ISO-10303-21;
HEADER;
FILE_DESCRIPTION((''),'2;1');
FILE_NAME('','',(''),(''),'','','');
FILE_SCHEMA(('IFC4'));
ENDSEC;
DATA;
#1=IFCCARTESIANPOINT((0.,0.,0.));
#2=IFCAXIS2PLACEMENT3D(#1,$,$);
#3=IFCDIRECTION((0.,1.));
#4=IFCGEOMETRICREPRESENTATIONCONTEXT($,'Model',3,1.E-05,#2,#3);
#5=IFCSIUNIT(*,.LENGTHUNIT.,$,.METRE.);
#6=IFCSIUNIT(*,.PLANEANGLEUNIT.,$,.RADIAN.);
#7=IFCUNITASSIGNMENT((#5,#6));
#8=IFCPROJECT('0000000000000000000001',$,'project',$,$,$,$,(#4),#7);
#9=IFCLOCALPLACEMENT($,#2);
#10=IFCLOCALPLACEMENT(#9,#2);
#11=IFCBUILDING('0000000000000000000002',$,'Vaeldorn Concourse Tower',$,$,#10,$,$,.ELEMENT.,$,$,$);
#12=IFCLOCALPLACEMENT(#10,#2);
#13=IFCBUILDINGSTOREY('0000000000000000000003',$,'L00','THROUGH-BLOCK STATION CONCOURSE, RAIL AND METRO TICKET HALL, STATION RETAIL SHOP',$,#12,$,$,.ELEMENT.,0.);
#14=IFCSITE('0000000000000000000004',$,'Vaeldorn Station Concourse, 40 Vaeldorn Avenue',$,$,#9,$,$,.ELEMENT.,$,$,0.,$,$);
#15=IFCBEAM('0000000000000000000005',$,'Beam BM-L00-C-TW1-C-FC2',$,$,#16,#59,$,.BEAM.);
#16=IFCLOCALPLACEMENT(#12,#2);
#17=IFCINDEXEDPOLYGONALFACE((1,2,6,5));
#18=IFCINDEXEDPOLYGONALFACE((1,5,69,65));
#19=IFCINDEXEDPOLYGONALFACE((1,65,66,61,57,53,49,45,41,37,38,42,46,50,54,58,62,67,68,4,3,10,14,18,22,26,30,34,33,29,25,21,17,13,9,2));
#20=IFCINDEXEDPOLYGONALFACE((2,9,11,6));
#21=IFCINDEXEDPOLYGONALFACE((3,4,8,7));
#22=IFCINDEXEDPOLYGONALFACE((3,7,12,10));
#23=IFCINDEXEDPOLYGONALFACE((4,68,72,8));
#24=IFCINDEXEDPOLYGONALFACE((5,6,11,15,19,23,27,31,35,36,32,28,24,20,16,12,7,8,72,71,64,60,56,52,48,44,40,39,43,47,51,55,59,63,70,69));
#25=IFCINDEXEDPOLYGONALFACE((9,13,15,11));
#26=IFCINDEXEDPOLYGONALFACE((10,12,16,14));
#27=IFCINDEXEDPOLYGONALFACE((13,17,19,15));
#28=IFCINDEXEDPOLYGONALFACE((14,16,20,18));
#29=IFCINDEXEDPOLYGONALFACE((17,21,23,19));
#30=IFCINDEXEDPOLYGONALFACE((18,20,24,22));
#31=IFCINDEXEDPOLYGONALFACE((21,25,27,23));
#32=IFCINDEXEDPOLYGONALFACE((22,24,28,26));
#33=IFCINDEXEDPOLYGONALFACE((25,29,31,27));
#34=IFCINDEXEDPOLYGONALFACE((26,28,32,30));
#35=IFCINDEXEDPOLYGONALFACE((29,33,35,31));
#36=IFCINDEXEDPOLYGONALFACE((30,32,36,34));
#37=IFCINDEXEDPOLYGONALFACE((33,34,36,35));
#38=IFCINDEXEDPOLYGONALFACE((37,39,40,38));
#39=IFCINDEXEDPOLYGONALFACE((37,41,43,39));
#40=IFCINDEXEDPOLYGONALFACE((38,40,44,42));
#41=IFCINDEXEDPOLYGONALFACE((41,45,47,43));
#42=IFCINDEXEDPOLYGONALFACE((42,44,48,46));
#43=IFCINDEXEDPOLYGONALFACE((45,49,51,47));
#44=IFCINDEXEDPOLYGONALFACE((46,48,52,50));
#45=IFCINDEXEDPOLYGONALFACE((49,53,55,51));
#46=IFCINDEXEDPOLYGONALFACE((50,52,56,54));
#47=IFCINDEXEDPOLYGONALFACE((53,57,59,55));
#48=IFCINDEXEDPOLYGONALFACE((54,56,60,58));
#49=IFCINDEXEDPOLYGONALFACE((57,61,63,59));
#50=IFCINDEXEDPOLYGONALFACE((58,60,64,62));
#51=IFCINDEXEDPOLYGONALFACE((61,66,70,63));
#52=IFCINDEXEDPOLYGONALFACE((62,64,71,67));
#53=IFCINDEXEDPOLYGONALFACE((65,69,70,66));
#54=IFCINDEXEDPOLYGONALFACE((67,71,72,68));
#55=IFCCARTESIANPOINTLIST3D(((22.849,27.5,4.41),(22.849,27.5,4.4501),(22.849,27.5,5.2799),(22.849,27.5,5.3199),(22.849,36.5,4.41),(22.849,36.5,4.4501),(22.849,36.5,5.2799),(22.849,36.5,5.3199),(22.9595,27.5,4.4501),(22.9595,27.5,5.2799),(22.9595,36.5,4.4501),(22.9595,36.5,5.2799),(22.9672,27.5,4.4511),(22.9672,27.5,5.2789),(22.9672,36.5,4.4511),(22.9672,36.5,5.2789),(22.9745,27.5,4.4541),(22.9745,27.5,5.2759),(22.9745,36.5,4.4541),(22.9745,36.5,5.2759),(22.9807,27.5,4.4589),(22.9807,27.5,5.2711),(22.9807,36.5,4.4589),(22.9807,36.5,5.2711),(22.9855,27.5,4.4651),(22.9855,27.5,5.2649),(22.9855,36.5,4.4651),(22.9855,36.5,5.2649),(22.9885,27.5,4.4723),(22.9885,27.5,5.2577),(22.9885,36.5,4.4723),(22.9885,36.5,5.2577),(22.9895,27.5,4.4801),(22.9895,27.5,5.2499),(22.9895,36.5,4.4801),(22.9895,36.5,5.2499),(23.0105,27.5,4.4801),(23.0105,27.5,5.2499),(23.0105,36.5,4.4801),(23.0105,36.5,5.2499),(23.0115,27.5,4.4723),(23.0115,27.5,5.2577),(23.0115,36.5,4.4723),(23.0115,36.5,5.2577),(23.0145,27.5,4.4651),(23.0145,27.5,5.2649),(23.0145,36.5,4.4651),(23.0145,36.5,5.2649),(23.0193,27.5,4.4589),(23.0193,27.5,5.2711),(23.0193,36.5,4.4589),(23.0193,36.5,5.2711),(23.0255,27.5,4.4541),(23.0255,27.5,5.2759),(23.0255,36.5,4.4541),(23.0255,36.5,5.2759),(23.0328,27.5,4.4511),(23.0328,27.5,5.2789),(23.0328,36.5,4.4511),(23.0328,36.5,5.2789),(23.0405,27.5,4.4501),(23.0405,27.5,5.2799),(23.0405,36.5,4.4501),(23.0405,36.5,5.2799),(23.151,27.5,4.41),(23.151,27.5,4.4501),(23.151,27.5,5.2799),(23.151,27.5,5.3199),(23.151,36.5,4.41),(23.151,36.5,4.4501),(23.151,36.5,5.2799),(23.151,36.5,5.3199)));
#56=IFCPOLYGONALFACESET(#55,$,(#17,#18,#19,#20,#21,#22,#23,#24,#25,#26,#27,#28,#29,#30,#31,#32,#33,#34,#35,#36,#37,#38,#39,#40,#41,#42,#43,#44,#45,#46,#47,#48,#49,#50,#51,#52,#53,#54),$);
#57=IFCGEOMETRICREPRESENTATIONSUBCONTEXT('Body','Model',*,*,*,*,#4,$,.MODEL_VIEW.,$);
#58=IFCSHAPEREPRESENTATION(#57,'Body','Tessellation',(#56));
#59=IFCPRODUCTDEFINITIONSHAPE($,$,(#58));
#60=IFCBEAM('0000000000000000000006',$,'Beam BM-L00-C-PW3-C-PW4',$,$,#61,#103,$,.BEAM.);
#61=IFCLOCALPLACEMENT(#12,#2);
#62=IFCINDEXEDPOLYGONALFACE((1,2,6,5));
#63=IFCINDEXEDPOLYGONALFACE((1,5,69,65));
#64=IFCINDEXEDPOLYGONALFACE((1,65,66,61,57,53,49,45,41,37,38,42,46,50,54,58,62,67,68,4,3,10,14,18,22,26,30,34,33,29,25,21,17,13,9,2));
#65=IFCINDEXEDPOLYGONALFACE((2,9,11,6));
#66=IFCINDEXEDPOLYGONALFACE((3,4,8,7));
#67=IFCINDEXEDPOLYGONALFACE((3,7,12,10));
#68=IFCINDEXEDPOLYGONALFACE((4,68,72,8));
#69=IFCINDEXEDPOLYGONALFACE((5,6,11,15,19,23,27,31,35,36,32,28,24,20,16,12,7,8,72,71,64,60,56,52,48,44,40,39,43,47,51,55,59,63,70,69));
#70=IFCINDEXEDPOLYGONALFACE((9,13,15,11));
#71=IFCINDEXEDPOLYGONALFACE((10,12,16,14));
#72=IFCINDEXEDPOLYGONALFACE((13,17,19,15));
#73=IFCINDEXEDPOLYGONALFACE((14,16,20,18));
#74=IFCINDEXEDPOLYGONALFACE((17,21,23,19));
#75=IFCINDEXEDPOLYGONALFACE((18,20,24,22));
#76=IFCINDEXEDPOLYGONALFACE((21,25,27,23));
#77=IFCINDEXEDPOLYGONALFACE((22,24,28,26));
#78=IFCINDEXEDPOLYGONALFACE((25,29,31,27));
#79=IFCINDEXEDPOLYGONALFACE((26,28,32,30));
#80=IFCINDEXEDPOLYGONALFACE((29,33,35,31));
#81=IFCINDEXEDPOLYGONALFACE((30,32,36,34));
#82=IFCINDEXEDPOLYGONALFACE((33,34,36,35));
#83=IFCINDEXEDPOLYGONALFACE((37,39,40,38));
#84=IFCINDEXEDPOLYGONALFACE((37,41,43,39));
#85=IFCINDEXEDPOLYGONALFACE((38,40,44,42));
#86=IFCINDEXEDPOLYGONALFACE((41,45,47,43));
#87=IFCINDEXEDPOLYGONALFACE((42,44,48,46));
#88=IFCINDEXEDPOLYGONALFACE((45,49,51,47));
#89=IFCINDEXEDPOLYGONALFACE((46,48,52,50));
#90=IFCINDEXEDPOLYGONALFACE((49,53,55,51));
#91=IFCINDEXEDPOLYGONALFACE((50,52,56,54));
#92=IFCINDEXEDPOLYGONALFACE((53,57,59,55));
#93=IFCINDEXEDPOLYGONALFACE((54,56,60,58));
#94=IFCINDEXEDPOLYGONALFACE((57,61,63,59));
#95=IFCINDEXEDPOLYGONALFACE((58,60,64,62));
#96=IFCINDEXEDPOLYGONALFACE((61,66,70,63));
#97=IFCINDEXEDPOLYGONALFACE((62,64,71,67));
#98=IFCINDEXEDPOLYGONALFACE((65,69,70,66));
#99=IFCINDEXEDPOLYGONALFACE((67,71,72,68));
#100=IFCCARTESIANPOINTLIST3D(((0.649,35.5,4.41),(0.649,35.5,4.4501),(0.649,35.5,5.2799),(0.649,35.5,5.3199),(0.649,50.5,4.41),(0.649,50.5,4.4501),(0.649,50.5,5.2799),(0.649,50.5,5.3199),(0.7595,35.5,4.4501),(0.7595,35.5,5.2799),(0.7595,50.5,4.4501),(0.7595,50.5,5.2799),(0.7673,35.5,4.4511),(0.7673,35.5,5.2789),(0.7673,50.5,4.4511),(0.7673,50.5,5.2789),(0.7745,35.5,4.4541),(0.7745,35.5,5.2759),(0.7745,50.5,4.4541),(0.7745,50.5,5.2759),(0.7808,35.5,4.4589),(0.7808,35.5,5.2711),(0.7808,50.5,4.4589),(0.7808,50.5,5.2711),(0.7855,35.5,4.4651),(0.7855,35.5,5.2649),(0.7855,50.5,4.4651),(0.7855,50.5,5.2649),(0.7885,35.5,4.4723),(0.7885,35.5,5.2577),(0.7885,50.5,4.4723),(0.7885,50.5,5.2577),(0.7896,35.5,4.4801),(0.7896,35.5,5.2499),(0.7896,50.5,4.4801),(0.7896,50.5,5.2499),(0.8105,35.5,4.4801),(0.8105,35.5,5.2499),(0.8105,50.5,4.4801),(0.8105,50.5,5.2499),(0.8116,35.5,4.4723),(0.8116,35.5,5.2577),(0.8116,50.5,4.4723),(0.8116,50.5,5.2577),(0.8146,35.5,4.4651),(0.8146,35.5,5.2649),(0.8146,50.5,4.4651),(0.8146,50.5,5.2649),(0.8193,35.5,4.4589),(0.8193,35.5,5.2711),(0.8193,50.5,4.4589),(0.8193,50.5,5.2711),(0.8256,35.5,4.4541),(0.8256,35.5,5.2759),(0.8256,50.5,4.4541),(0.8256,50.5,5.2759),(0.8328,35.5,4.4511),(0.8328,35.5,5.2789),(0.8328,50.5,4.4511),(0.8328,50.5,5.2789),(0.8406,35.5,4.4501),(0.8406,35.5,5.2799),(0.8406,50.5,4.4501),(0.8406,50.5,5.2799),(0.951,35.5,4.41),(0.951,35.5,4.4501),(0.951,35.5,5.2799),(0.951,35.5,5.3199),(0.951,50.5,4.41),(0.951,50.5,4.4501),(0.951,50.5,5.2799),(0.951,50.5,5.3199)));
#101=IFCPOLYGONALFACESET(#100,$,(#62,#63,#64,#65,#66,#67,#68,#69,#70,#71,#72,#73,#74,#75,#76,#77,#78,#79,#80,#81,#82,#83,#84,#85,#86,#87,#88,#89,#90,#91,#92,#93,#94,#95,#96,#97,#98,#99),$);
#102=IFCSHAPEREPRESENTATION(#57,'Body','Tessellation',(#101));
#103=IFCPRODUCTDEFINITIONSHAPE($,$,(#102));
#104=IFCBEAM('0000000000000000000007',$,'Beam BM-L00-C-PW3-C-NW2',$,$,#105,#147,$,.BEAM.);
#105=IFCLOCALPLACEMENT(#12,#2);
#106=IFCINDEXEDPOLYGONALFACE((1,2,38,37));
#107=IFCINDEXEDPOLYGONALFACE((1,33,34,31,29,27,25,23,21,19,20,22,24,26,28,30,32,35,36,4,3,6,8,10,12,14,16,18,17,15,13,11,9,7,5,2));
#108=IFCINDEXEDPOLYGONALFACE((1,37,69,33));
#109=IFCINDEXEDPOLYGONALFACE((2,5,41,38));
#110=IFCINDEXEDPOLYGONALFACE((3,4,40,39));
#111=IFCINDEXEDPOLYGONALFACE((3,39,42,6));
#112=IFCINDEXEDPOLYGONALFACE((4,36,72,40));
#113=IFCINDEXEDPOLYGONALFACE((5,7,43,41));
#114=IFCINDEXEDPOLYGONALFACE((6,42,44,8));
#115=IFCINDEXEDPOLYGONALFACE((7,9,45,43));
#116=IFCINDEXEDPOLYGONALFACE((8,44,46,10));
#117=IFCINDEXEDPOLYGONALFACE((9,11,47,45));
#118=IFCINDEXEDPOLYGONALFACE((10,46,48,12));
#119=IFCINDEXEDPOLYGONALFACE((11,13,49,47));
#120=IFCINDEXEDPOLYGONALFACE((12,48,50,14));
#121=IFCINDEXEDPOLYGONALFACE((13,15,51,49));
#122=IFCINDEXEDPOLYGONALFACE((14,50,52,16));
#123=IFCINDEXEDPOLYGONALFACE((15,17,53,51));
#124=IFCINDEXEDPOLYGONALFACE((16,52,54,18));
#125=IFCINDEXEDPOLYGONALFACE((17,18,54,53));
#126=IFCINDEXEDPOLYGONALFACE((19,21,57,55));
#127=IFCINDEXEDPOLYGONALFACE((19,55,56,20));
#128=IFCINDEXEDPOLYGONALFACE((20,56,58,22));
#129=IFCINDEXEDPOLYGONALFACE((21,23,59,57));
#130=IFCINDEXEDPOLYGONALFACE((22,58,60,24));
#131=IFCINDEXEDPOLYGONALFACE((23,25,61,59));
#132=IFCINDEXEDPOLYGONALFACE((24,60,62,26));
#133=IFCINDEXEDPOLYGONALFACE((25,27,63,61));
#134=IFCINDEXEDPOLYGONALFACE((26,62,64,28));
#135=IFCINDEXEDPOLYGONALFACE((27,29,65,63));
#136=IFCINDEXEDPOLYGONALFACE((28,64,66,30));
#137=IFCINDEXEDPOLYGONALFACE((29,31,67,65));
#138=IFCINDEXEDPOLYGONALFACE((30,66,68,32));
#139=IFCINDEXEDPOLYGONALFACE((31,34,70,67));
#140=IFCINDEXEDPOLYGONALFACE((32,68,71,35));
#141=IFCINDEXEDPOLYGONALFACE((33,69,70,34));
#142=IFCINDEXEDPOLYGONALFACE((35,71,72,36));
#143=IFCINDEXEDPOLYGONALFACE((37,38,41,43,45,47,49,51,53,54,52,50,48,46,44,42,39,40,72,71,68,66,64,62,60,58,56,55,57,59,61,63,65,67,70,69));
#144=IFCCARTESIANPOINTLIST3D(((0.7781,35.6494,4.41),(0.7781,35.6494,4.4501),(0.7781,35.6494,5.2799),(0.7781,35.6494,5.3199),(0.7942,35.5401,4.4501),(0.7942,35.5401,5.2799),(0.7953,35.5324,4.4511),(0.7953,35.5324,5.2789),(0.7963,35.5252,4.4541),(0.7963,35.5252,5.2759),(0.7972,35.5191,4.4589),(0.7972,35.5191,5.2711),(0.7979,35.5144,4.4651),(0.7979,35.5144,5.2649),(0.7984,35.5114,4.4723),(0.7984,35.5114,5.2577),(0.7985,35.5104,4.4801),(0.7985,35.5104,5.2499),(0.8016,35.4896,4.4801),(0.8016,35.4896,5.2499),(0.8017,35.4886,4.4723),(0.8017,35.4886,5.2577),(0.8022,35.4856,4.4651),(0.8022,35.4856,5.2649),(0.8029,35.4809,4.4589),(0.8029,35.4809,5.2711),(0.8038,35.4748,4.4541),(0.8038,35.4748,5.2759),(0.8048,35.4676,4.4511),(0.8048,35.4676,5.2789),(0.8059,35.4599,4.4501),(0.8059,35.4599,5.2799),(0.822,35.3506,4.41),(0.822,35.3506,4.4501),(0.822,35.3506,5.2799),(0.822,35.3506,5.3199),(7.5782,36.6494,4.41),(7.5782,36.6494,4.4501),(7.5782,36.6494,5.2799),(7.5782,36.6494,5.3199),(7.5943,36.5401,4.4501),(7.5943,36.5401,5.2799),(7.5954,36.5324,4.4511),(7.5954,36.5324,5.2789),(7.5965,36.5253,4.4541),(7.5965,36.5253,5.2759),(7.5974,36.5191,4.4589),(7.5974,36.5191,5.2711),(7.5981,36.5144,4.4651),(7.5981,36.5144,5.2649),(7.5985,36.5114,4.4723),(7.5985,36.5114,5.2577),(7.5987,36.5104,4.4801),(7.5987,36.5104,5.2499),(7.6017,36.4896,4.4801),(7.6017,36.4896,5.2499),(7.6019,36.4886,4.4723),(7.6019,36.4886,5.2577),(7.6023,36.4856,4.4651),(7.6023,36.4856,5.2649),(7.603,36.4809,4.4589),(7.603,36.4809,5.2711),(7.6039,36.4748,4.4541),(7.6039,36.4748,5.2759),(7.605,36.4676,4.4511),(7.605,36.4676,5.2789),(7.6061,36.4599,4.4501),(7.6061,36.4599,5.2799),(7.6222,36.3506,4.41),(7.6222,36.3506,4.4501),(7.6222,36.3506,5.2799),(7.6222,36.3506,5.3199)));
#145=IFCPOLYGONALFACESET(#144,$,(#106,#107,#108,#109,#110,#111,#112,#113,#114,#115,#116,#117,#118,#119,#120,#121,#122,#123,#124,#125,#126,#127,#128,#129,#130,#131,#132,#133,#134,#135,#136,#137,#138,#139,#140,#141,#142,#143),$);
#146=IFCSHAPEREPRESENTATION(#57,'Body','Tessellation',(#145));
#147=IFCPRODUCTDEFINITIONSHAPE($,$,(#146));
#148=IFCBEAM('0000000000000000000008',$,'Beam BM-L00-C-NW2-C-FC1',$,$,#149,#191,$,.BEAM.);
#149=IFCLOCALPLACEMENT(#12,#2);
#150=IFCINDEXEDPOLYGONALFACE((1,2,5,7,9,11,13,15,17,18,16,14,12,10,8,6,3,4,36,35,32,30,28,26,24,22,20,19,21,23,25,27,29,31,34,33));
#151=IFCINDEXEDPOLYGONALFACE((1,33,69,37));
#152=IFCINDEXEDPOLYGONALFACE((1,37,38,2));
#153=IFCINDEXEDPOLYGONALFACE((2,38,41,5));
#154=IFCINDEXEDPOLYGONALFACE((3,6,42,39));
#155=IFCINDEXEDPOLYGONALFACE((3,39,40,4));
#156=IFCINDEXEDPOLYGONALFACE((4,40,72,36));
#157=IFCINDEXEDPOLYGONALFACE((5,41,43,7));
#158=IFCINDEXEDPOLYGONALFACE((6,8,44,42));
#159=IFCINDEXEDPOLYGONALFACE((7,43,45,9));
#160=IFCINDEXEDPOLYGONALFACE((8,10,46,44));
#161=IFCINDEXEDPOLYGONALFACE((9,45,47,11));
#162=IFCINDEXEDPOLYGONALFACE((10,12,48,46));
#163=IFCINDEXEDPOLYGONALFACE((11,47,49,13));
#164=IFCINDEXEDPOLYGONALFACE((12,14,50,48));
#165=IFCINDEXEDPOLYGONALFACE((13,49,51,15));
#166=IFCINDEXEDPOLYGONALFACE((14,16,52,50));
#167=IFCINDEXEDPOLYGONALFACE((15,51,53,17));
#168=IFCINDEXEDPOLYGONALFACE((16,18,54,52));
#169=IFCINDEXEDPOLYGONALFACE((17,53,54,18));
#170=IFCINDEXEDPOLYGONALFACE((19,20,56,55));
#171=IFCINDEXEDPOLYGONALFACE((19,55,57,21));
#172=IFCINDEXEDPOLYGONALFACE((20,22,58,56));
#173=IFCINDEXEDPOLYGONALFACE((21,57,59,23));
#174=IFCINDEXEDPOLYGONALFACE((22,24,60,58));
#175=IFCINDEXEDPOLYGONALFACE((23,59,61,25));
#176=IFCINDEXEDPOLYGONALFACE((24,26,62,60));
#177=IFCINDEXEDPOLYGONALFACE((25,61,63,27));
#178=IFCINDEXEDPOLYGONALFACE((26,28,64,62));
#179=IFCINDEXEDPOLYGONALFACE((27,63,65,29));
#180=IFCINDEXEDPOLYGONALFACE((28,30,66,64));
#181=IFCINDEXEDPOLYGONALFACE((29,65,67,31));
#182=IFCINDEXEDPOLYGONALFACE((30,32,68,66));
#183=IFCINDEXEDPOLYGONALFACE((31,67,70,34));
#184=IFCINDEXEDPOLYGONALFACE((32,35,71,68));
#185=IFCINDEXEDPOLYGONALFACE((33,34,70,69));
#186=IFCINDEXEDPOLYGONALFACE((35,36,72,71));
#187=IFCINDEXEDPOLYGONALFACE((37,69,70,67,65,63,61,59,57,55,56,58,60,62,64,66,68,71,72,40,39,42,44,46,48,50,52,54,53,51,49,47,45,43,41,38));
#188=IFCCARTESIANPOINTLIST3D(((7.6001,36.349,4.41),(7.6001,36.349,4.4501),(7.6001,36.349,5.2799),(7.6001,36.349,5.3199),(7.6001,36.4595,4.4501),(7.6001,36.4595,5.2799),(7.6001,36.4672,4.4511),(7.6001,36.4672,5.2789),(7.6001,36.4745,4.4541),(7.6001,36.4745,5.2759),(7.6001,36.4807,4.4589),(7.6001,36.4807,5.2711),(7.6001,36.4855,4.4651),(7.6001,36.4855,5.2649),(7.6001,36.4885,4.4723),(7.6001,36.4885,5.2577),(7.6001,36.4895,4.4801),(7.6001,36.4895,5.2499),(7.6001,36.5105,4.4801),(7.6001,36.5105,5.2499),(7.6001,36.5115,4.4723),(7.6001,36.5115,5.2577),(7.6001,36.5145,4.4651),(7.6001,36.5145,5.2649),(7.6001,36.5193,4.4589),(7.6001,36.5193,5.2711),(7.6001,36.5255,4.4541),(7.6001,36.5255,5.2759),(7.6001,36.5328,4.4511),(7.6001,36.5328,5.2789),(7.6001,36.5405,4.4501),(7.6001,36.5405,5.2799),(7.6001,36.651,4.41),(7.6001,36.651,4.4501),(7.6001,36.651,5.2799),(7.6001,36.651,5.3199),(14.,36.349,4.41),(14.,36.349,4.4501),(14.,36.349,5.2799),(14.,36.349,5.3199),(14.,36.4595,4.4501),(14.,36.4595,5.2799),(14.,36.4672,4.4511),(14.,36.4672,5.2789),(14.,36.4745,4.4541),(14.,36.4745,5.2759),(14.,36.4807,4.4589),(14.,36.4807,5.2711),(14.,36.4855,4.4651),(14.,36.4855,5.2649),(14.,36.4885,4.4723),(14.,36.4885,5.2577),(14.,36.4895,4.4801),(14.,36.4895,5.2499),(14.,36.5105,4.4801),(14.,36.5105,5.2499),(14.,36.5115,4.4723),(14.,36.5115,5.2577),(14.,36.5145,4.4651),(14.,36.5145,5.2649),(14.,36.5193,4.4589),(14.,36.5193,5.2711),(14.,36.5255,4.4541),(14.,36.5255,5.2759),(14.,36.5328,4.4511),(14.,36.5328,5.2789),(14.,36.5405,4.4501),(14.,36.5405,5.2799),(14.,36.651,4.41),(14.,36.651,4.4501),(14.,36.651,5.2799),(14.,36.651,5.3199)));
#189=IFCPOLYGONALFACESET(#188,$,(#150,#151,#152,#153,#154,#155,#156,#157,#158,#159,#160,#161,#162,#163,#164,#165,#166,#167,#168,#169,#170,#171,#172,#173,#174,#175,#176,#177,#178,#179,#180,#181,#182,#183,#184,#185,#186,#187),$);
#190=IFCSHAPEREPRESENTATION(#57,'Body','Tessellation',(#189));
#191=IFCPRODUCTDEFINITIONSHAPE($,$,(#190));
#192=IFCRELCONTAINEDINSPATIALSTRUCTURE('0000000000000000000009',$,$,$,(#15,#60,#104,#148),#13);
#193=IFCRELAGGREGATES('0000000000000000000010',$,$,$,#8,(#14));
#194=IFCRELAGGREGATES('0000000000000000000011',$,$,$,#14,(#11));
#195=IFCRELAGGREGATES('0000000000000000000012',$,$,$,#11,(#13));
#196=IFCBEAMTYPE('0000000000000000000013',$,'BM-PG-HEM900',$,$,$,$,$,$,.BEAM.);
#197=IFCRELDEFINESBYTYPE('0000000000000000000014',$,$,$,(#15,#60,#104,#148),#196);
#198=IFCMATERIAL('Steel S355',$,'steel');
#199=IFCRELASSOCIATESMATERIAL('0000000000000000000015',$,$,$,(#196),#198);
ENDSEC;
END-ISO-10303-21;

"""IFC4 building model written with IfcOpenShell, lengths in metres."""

from ifc_helpers import new_model, si_unit, direction, frame, origin, origin_2d, place, context, subcontext, project, spatial, i_section, extrude, source, transform, mapped, material, material_profile, profile_set, type_object, element, save


model = new_model("IFC4")

# Units and contexts
model_context = context("Model", 3, precision=1e-05, world=origin(), true_north=direction((0.0, 1.0)))
body_context = subcontext(model_context, "Body", "Model", "MODEL_VIEW")
ifc_project = project(units=[si_unit("LENGTHUNIT", "METRE"), si_unit("PLANEANGLEUNIT", "RADIAN")], contexts=[model_context])

# Site, building, storey
site_placement = place(None, origin())
site = spatial("IfcSite", under=ifc_project, at=site_placement, Name="Vaeldorn Station Concourse, 40 Vaeldorn Avenue", CompositionType="ELEMENT", RefElevation=0.0)
building_placement = place(site_placement, origin())
building = spatial("IfcBuilding", under=site, at=building_placement, Name="Vaeldorn Concourse Tower", CompositionType="ELEMENT")
storey_placement = place(building_placement, origin())
storey = spatial("IfcBuildingStorey", under=building, at=storey_placement, Name="L00", Description="THROUGH-BLOCK STATION CONCOURSE, RAIL AND METRO TICKET HALL, STATION RETAIL SHOP", CompositionType="ELEMENT", Elevation=0.0)

# Beams
ifc_material_1 = material(Name="Steel S355", Category="steel")
ifc_material_profile_1 = material_profile(ifc_material_1, i_section(OverallWidth=0.302, OverallDepth=0.9099, WebThickness=0.021, FlangeThickness=0.04, FilletRadius=0.03, at=origin_2d()), Name="HEM 900")
ifc_profile_set_1 = profile_set([ifc_material_profile_1], Name="Steel S355")
beam_type_1 = type_object("IfcBeamType", Name="BM-PG-HEM900", PredefinedType="BEAM", material=ifc_profile_set_1)
shared_shape_1 = source(origin(), body_context, "Body", "SweptSolid", [
    extrude(i_section(OverallWidth=0.302, OverallDepth=0.9099, WebThickness=0.021, FlangeThickness=0.04, FilletRadius=0.03, at=origin_2d()), origin(), (0.0, 0.0, 1.0), 9.0),
])
beam_1_placement = place(storey_placement, frame((23.0, 27.5, 4.865), z_axis=(0.0, 1.0, 0.0), x_axis=(-1.0, 0.0, 0.0)))
element("IfcBeam", 1, at=beam_1_placement, inside=storey, type_object=beam_type_1, Name="Beam BM-L00-C-TW1-C-FC2", PredefinedType="BEAM", context=body_context, shape_type="MappedRepresentation", body=[
    mapped(shared_shape_1, transform((0.0, 0.0, 0.0), scale=1.0)),
])
shared_shape_2 = source(origin(), body_context, "Body", "SweptSolid", [
    extrude(i_section(OverallWidth=0.302, OverallDepth=0.9099, WebThickness=0.021, FlangeThickness=0.04, FilletRadius=0.03, at=origin_2d()), origin(), (0.0, 0.0, 1.0), 15.0),
])
beam_2_placement = place(storey_placement, frame((0.8, 35.5, 4.865), z_axis=(0.0, 1.0, 0.0), x_axis=(-1.0, 0.0, 0.0)))
element("IfcBeam", 2, at=beam_2_placement, inside=storey, type_object=beam_type_1, Name="Beam BM-L00-C-PW3-C-PW4", PredefinedType="BEAM", context=body_context, shape_type="MappedRepresentation", body=[
    mapped(shared_shape_2, transform((0.0, 0.0, 0.0), scale=1.0)),
])
shared_shape_3 = source(origin(), body_context, "Body", "SweptSolid", [
    extrude(i_section(OverallWidth=0.302, OverallDepth=0.9099, WebThickness=0.021, FlangeThickness=0.04, FilletRadius=0.03, at=origin_2d()), origin(), (0.0, 0.0, 1.0), 6.8733),
])
beam_3_placement = place(storey_placement, frame((0.8, 35.5, 4.865), z_axis=(0.989359, 0.145493, 0.0), x_axis=(-0.145493, 0.989359, 0.0)))
element("IfcBeam", 3, at=beam_3_placement, inside=storey, type_object=beam_type_1, Name="Beam BM-L00-C-PW3-C-NW2", PredefinedType="BEAM", context=body_context, shape_type="MappedRepresentation", body=[
    mapped(shared_shape_3, transform((0.0, 0.0, 0.0), scale=1.0)),
])
shared_shape_4 = source(origin(), body_context, "Body", "SweptSolid", [
    extrude(i_section(OverallWidth=0.302, OverallDepth=0.9099, WebThickness=0.021, FlangeThickness=0.04, FilletRadius=0.03, at=origin_2d()), origin(), (0.0, 0.0, 1.0), 6.3999),
])
beam_4_placement = place(storey_placement, frame((7.6001, 36.5, 4.865), z_axis=(1.0, 0.0, 0.0), x_axis=(0.0, 1.0, 0.0)))
element("IfcBeam", 4, at=beam_4_placement, inside=storey, type_object=beam_type_1, Name="Beam BM-L00-C-NW2-C-FC1", PredefinedType="BEAM", context=body_context, shape_type="MappedRepresentation", body=[
    mapped(shared_shape_4, transform((0.0, 0.0, 0.0), scale=1.0)),
])

save(model, "model.ifc")
